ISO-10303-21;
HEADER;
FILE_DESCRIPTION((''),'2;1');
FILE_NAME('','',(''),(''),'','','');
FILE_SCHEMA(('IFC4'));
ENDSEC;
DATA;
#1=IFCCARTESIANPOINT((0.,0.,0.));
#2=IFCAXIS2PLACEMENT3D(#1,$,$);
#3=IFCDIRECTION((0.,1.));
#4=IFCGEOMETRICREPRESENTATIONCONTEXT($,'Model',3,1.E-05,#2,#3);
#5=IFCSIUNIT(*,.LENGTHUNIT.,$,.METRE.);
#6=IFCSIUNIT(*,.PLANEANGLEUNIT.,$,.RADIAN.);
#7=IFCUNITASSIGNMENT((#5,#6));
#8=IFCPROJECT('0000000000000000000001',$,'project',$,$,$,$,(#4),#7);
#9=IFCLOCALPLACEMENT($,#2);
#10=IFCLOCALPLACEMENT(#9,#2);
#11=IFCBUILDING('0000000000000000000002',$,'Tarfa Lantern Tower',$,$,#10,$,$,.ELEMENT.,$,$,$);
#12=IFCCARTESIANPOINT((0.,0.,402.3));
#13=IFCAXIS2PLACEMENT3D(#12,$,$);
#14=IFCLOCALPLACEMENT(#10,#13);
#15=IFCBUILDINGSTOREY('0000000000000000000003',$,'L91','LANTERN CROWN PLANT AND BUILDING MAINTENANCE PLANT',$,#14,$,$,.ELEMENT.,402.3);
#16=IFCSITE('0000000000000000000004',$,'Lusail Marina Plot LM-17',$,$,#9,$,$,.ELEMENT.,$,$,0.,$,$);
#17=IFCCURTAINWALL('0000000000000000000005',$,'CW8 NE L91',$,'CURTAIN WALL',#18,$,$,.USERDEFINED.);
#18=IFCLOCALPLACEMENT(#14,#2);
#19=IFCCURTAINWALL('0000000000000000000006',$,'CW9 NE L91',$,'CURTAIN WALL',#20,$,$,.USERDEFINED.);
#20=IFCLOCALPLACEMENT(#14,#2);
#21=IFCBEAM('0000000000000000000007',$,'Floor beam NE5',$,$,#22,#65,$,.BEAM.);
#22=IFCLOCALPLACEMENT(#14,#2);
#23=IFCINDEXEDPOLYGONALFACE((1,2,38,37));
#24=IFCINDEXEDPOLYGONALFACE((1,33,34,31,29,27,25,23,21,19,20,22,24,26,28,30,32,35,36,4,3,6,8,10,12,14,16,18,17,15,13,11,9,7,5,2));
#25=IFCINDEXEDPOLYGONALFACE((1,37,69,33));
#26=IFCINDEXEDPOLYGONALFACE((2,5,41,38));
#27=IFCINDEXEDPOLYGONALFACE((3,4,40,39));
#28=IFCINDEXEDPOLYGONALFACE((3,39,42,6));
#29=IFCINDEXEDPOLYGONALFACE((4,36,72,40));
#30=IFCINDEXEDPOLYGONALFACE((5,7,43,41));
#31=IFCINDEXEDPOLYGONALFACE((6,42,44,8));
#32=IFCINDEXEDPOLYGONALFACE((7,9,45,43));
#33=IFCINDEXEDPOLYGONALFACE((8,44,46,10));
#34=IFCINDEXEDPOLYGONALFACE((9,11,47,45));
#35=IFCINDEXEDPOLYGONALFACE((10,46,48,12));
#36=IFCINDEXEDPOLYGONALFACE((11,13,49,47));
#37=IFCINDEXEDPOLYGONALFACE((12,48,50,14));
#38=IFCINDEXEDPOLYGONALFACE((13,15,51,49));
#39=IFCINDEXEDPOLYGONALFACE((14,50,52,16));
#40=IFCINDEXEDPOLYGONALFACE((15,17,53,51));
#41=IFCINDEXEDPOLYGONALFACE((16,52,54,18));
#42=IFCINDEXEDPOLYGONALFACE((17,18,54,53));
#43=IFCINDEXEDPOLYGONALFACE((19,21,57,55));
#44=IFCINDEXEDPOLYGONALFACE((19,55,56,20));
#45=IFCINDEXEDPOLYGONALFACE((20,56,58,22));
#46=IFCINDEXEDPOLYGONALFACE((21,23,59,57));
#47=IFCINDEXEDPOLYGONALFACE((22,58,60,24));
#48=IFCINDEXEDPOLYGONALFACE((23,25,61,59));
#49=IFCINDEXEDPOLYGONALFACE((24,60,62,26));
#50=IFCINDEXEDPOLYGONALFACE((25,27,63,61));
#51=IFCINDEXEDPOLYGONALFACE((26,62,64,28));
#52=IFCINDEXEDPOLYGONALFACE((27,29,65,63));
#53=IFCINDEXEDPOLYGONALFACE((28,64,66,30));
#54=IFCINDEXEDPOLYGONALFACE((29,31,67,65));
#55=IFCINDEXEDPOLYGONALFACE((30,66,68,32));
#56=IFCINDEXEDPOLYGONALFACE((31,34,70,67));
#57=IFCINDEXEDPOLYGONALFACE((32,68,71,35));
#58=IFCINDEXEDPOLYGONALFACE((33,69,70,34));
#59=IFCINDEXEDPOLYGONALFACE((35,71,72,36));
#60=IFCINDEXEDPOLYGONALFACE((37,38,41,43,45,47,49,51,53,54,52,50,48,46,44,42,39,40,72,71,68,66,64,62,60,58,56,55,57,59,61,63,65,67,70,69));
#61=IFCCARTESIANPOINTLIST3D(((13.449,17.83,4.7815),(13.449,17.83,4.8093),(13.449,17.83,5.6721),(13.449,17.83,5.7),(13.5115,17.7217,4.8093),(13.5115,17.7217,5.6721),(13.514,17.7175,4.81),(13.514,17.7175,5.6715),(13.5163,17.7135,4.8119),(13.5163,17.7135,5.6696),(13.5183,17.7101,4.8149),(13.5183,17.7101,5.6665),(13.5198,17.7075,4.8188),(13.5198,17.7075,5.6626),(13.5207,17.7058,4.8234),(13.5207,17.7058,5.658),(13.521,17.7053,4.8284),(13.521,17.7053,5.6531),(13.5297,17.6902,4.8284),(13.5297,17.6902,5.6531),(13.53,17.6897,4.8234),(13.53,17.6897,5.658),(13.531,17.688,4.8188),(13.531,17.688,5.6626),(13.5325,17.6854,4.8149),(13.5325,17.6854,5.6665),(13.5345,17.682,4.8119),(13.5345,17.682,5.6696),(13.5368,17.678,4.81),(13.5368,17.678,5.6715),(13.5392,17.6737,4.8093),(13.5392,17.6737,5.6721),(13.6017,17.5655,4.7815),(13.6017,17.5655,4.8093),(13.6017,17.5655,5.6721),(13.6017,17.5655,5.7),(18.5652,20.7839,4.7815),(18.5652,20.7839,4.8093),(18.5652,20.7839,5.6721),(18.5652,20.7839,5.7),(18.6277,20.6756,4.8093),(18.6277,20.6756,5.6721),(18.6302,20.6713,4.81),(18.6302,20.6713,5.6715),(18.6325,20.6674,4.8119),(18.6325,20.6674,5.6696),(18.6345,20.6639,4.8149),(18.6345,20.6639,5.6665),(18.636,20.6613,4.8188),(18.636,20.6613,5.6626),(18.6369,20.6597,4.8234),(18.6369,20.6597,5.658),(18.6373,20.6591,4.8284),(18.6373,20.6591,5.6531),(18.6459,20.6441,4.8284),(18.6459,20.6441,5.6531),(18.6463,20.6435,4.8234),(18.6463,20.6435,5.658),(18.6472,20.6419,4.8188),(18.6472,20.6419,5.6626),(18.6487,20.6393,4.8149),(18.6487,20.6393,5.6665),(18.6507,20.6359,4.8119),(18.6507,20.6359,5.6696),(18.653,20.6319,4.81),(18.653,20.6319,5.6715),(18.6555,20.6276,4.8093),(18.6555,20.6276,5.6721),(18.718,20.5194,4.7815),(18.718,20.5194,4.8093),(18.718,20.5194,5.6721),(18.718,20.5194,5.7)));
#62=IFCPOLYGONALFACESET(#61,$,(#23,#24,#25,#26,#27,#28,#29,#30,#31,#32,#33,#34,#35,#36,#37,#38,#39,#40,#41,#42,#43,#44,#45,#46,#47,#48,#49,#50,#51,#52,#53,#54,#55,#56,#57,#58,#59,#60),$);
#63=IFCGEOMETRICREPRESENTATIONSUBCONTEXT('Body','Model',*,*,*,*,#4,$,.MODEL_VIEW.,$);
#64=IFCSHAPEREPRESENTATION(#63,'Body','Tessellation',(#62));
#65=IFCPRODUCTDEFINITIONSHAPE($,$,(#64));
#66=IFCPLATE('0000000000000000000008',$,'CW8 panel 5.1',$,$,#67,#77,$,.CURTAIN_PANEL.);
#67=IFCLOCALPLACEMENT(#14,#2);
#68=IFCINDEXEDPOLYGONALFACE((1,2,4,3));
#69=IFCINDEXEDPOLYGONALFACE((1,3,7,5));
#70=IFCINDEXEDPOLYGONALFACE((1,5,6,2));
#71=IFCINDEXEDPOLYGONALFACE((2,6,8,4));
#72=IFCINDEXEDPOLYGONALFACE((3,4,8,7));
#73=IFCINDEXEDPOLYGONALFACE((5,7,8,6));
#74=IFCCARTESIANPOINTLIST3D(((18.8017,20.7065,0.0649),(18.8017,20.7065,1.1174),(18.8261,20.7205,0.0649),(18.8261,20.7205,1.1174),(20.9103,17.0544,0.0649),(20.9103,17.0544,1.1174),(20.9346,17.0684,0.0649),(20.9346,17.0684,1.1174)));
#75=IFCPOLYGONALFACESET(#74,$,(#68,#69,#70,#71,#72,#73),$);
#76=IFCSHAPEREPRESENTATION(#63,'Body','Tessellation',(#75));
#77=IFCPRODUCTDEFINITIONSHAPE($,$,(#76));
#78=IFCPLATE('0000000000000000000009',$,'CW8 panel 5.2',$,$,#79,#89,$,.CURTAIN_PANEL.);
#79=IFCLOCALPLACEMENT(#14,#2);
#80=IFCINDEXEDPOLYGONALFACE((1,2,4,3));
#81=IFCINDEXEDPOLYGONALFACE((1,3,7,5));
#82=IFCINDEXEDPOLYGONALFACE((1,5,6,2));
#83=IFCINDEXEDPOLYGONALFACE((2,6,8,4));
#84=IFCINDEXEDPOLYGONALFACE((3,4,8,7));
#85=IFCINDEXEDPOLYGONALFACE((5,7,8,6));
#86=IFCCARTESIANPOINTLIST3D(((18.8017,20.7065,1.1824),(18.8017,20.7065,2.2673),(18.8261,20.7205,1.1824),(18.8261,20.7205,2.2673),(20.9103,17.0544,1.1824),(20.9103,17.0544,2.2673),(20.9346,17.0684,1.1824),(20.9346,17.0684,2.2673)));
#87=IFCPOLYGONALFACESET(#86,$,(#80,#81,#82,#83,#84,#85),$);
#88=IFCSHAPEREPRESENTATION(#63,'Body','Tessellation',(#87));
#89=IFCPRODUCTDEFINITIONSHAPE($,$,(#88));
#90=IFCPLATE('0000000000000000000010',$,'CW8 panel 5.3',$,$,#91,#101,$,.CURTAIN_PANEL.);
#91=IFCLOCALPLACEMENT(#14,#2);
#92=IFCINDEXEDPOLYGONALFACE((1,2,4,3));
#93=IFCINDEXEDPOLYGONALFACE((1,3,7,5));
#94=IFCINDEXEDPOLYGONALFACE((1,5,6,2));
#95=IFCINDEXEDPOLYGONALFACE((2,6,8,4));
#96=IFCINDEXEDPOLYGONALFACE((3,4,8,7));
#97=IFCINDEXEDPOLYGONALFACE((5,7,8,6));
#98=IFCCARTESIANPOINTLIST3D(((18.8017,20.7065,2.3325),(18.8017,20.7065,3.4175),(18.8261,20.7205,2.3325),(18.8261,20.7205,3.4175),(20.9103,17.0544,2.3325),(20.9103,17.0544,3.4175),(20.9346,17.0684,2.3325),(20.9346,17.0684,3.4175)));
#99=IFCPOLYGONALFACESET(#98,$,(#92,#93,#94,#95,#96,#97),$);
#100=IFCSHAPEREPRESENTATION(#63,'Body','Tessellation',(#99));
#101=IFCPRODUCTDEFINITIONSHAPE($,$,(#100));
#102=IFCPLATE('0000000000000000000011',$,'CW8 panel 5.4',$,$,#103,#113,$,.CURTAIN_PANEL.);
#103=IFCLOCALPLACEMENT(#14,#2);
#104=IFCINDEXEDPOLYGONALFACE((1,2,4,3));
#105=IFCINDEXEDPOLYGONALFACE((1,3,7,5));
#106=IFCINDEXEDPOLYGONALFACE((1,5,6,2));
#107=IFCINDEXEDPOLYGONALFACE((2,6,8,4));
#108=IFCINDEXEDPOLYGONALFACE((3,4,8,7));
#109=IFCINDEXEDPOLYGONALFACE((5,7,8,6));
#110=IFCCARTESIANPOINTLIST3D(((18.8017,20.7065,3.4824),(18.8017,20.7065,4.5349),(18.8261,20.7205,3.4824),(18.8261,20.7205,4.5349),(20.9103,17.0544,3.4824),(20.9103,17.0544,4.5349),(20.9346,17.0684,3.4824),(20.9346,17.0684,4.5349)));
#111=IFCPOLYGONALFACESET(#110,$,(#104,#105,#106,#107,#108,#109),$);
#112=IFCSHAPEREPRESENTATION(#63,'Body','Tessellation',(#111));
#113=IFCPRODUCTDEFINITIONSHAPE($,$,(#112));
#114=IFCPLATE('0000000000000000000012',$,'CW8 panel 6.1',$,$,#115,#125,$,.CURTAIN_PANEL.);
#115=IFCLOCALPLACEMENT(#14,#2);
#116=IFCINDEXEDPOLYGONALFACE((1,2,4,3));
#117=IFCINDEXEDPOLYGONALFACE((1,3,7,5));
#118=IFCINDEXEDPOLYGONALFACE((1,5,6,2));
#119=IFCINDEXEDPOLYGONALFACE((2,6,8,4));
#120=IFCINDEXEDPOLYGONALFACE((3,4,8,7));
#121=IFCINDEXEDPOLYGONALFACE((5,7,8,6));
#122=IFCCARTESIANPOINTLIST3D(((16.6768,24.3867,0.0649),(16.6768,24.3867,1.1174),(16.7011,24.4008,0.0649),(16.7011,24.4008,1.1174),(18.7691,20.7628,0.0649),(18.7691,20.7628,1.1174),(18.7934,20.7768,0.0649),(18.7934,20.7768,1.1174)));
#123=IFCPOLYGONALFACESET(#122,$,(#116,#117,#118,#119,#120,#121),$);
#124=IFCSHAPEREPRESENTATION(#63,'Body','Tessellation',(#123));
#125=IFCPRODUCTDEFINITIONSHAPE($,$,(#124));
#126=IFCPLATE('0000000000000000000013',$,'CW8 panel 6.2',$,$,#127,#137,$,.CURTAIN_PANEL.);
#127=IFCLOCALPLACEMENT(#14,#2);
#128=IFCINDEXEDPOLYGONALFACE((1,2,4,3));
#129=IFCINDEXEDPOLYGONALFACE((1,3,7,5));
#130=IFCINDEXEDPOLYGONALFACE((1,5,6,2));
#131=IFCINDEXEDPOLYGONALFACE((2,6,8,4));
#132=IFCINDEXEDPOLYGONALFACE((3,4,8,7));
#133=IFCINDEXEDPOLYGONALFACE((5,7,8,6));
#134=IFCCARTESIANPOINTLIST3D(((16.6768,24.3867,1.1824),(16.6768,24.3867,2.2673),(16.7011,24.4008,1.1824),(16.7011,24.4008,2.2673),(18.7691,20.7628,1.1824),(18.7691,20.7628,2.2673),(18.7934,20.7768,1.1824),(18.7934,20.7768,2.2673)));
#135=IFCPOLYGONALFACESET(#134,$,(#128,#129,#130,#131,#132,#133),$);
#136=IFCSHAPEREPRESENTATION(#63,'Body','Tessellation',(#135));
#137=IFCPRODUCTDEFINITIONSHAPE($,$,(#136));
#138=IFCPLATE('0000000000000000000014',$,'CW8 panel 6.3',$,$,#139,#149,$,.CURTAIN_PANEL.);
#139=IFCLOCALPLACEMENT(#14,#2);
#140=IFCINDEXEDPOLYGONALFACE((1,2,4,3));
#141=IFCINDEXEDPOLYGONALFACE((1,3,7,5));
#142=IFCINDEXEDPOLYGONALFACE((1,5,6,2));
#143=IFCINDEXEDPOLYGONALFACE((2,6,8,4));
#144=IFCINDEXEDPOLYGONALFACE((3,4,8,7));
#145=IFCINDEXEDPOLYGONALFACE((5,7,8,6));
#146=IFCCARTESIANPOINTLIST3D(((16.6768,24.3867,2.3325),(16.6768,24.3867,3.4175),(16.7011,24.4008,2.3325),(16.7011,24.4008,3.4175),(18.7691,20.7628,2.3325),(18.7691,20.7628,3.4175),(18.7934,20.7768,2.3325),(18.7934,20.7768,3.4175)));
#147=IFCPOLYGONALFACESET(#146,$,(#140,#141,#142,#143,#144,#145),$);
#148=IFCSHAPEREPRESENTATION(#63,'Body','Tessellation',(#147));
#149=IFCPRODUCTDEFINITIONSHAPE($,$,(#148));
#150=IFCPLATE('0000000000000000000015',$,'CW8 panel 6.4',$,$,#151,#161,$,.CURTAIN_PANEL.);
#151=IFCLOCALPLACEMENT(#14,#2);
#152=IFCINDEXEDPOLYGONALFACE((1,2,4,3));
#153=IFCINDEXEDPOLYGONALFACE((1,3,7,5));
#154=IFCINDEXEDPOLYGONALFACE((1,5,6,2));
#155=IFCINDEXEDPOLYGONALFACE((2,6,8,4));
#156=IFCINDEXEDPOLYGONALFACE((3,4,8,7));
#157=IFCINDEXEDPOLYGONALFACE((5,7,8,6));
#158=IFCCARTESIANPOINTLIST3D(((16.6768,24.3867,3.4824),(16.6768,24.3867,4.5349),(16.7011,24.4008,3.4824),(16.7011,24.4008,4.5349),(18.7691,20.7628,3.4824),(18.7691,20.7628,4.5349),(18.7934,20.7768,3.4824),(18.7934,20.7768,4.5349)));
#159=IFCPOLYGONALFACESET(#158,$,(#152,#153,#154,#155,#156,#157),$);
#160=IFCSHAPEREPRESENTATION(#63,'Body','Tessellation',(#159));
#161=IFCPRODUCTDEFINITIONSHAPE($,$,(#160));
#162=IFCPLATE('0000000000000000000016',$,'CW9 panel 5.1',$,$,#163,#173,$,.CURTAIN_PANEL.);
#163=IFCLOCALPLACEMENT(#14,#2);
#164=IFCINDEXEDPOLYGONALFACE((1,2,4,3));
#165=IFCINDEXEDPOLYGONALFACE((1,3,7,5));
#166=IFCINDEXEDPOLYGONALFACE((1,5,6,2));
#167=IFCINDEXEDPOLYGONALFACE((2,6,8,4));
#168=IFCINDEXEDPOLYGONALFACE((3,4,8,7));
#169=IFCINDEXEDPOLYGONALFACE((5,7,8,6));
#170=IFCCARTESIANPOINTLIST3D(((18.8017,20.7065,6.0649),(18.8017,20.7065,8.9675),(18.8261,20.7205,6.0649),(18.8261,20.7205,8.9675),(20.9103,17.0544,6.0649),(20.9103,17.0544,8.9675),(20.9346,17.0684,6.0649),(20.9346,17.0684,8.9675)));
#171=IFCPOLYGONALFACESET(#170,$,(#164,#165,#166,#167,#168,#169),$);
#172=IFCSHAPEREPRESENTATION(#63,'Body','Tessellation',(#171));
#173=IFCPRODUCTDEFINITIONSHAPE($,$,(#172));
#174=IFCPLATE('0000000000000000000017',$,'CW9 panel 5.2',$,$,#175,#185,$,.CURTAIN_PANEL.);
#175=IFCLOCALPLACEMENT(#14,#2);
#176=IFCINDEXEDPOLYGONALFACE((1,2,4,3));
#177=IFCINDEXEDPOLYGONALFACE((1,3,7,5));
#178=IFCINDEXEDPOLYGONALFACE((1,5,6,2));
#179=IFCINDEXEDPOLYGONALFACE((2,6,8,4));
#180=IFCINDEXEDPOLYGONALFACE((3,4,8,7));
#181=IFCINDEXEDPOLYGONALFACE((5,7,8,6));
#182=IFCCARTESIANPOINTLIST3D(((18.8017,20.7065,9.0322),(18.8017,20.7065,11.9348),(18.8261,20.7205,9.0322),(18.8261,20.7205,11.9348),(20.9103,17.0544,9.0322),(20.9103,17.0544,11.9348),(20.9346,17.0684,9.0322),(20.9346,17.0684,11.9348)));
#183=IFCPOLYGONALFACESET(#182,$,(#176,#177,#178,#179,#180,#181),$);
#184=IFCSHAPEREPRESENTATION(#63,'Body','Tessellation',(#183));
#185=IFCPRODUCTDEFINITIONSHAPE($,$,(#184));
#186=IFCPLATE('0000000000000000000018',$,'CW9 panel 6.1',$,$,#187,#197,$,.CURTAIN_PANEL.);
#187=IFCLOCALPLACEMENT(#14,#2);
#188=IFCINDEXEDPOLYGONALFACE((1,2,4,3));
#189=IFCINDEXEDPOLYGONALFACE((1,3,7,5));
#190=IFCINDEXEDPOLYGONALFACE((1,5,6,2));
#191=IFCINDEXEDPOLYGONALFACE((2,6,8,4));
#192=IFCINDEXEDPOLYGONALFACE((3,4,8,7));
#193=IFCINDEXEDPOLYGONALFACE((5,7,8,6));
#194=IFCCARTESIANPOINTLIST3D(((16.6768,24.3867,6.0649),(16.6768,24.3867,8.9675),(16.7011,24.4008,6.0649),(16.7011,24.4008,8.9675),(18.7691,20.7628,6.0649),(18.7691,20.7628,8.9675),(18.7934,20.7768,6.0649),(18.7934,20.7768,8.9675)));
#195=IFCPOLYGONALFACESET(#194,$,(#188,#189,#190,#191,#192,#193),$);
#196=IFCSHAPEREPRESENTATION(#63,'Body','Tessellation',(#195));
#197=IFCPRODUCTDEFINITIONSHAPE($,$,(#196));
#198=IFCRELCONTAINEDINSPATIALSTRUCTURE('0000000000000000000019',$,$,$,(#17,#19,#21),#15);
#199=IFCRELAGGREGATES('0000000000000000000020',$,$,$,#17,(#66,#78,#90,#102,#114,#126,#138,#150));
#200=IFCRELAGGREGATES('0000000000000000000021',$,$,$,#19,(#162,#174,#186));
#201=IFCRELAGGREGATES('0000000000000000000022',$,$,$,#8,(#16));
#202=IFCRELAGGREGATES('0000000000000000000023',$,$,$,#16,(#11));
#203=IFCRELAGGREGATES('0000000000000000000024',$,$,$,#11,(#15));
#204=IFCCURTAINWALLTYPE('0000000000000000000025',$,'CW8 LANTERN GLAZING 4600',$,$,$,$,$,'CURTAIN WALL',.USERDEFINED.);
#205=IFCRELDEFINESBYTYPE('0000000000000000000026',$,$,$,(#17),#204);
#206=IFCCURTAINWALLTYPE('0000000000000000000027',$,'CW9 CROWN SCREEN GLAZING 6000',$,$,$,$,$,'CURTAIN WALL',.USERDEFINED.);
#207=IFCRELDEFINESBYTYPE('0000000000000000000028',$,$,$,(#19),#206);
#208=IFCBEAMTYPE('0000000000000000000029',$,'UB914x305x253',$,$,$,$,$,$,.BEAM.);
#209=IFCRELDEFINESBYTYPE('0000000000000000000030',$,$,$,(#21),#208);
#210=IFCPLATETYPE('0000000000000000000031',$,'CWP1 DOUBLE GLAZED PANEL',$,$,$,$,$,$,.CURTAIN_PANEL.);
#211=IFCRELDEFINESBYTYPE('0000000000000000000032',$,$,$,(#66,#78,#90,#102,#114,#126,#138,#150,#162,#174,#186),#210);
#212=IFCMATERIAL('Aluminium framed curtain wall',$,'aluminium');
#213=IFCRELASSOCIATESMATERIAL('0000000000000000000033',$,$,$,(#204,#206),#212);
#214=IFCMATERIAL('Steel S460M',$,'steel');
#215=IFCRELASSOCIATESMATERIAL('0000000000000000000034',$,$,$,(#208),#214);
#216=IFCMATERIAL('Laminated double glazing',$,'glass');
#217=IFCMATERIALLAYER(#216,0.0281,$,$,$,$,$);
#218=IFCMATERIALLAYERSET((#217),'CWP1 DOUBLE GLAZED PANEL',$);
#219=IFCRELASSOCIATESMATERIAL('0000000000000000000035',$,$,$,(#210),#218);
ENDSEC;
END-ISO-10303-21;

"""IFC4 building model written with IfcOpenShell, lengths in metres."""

from ifc_helpers import new_model, si_unit, direction, frame, origin, origin_2d, place, context, subcontext, project, spatial, rectangle, i_section, extrude, material, layer, layer_set, material_profile, profile_set, type_object, element, aggregate, save


model = new_model("IFC4")

# Units and contexts
model_context = context("Model", 3, precision=1e-05, world=origin(), true_north=direction((0.0, 1.0)))
body_context = subcontext(model_context, "Body", "Model", "MODEL_VIEW")
ifc_project = project(units=[si_unit("LENGTHUNIT", "METRE"), si_unit("PLANEANGLEUNIT", "RADIAN")], contexts=[model_context])

# Site, building, storey
site_placement = place(None, origin())
site = spatial("IfcSite", under=ifc_project, at=site_placement, Name="Lusail Marina Plot LM-17", CompositionType="ELEMENT", RefElevation=0.0)
building_placement = place(site_placement, origin())
building = spatial("IfcBuilding", under=site, at=building_placement, Name="Tarfa Lantern Tower", CompositionType="ELEMENT")
storey_placement = place(building_placement, frame((0.0, 0.0, 402.3)))
storey = spatial("IfcBuildingStorey", under=building, at=storey_placement, Name="L91", Description="LANTERN CROWN PLANT AND BUILDING MAINTENANCE PLANT", CompositionType="ELEMENT", Elevation=402.3)

# Curtain walls
ifc_material_1 = material(Name="Aluminium framed curtain wall", Category="aluminium")
curtain_wall_type_1 = type_object("IfcCurtainWallType", Name="CW8 LANTERN GLAZING 4600", ElementType="CURTAIN WALL", PredefinedType="USERDEFINED", material=ifc_material_1)
curtain_wall_1_placement = place(storey_placement, origin())
curtain_wall_1 = element("IfcCurtainWall", 1, at=curtain_wall_1_placement, inside=storey, type_object=curtain_wall_type_1, Name="CW8 NE L91", ObjectType="CURTAIN WALL", PredefinedType="USERDEFINED")
curtain_wall_type_2 = type_object("IfcCurtainWallType", Name="CW9 CROWN SCREEN GLAZING 6000", ElementType="CURTAIN WALL", PredefinedType="USERDEFINED", material=ifc_material_1)
curtain_wall_2_placement = place(storey_placement, origin())
curtain_wall_2 = element("IfcCurtainWall", 2, at=curtain_wall_2_placement, inside=storey, type_object=curtain_wall_type_2, Name="CW9 NE L91", ObjectType="CURTAIN WALL", PredefinedType="USERDEFINED")

# Beam
ifc_material_2 = material(Name="Steel S460M", Category="steel")
ifc_material_profile_1 = material_profile(ifc_material_2, i_section(OverallWidth=0.3054, OverallDepth=0.9185, WebThickness=0.0173, FlangeThickness=0.0278, FilletRadius=0.019, at=origin_2d()), Name="UB914x305x253")
ifc_profile_set_1 = profile_set([ifc_material_profile_1], Name="Steel S460M")
beam_type_1 = type_object("IfcBeamType", Name="UB914x305x253", PredefinedType="BEAM", material=ifc_profile_set_1)
beam_1_placement = place(storey_placement, frame((18.6416, 20.6516, 5.2407), z_axis=(-0.866025, -0.500001, 0.0), x_axis=(0.500001, -0.866025, 0.0)))
element("IfcBeam", 3, at=beam_1_placement, inside=storey, type_object=beam_type_1, Name="Floor beam NE5", PredefinedType="BEAM", context=body_context, shape_type="SweptSolid", body=[
    extrude(i_section(OverallWidth=0.3054, OverallDepth=0.9185, WebThickness=0.0173, FlangeThickness=0.0278, FilletRadius=0.019, at=origin_2d()), origin(), (0.0, 0.0, 1.0), 5.9077),
])

# Plates
ifc_material_3 = material(Name="Laminated double glazing", Category="glass")
ifc_layer = layer(ifc_material_3, 0.0281)
ifc_layer_set = layer_set([ifc_layer], Name="CWP1 DOUBLE GLAZED PANEL")
plate_type = type_object("IfcPlateType", Name="CWP1 DOUBLE GLAZED PANEL", PredefinedType="CURTAIN_PANEL", material=ifc_layer_set)
plate_1_placement = place(storey_placement, frame((19.8682, 18.8875, 0.0649), z_axis=(0.0, 0.0, 1.0), x_axis=(-0.5, 0.866025, 0.0)))
plate_1 = element("IfcPlate", 4, at=plate_1_placement, type_object=plate_type, Name="CW8 panel 5.1", PredefinedType="CURTAIN_PANEL", context=body_context, shape_type="SweptSolid", body=[
    extrude(rectangle(XDim=4.217, YDim=0.0281, at=origin_2d()), origin(), (0.0, 0.0, 1.0), 1.0525),
])
plate_2_placement = place(storey_placement, frame((19.8682, 18.8875, 1.1824), z_axis=(0.0, 0.0, 1.0), x_axis=(-0.5, 0.866025, 0.0)))
plate_2 = element("IfcPlate", 5, at=plate_2_placement, type_object=plate_type, Name="CW8 panel 5.2", PredefinedType="CURTAIN_PANEL", context=body_context, shape_type="SweptSolid", body=[
    extrude(rectangle(XDim=4.217, YDim=0.0281, at=origin_2d()), origin(), (0.0, 0.0, 1.0), 1.085),
])
plate_3_placement = place(storey_placement, frame((19.8682, 18.8875, 2.3325), z_axis=(0.0, 0.0, 1.0), x_axis=(-0.5, 0.866025, 0.0)))
plate_3 = element("IfcPlate", 6, at=plate_3_placement, type_object=plate_type, Name="CW8 panel 5.3", PredefinedType="CURTAIN_PANEL", context=body_context, shape_type="SweptSolid", body=[
    extrude(rectangle(XDim=4.217, YDim=0.0281, at=origin_2d()), origin(), (0.0, 0.0, 1.0), 1.085),
])
plate_4_placement = place(storey_placement, frame((19.8682, 18.8875, 3.4824), z_axis=(0.0, 0.0, 1.0), x_axis=(-0.5, 0.866025, 0.0)))
plate_4 = element("IfcPlate", 7, at=plate_4_placement, type_object=plate_type, Name="CW8 panel 5.4", PredefinedType="CURTAIN_PANEL", context=body_context, shape_type="SweptSolid", body=[
    extrude(rectangle(XDim=4.217, YDim=0.0281, at=origin_2d()), origin(), (0.0, 0.0, 1.0), 1.0525),
])
plate_5_placement = place(storey_placement, frame((17.7351, 22.5818, 0.0649), z_axis=(0.0, 0.0, 1.0), x_axis=(-0.5, 0.866025, 0.0)))
plate_5 = element("IfcPlate", 8, at=plate_5_placement, type_object=plate_type, Name="CW8 panel 6.1", PredefinedType="CURTAIN_PANEL", context=body_context, shape_type="SweptSolid", body=[
    extrude(rectangle(XDim=4.1846, YDim=0.0281, at=origin_2d()), origin(), (0.0, 0.0, 1.0), 1.0525),
])
plate_6_placement = place(storey_placement, frame((17.7351, 22.5818, 1.1824), z_axis=(0.0, 0.0, 1.0), x_axis=(-0.5, 0.866025, 0.0)))
plate_6 = element("IfcPlate", 9, at=plate_6_placement, type_object=plate_type, Name="CW8 panel 6.2", PredefinedType="CURTAIN_PANEL", context=body_context, shape_type="SweptSolid", body=[
    extrude(rectangle(XDim=4.1846, YDim=0.0281, at=origin_2d()), origin(), (0.0, 0.0, 1.0), 1.085),
])
plate_7_placement = place(storey_placement, frame((17.7351, 22.5818, 2.3325), z_axis=(0.0, 0.0, 1.0), x_axis=(-0.5, 0.866025, 0.0)))
plate_7 = element("IfcPlate", 10, at=plate_7_placement, type_object=plate_type, Name="CW8 panel 6.3", PredefinedType="CURTAIN_PANEL", context=body_context, shape_type="SweptSolid", body=[
    extrude(rectangle(XDim=4.1846, YDim=0.0281, at=origin_2d()), origin(), (0.0, 0.0, 1.0), 1.085),
])
plate_8_placement = place(storey_placement, frame((17.7351, 22.5818, 3.4824), z_axis=(0.0, 0.0, 1.0), x_axis=(-0.5, 0.866025, 0.0)))
plate_8 = element("IfcPlate", 11, at=plate_8_placement, type_object=plate_type, Name="CW8 panel 6.4", PredefinedType="CURTAIN_PANEL", context=body_context, shape_type="SweptSolid", body=[
    extrude(rectangle(XDim=4.1846, YDim=0.0281, at=origin_2d()), origin(), (0.0, 0.0, 1.0), 1.0525),
])
aggregate(curtain_wall_1, [plate_1, plate_2, plate_3, plate_4, plate_5, plate_6, plate_7, plate_8])
plate_9_placement = place(storey_placement, frame((19.8682, 18.8875, 6.0649), z_axis=(0.0, 0.0, 1.0), x_axis=(-0.5, 0.866025, 0.0)))
plate_9 = element("IfcPlate", 12, at=plate_9_placement, type_object=plate_type, Name="CW9 panel 5.1", PredefinedType="CURTAIN_PANEL", context=body_context, shape_type="SweptSolid", body=[
    extrude(rectangle(XDim=4.217, YDim=0.0281, at=origin_2d()), origin(), (0.0, 0.0, 1.0), 2.9026),
])
plate_10_placement = place(storey_placement, frame((19.8682, 18.8875, 9.0322), z_axis=(0.0, 0.0, 1.0), x_axis=(-0.5, 0.866025, 0.0)))
plate_10 = element("IfcPlate", 13, at=plate_10_placement, type_object=plate_type, Name="CW9 panel 5.2", PredefinedType="CURTAIN_PANEL", context=body_context, shape_type="SweptSolid", body=[
    extrude(rectangle(XDim=4.217, YDim=0.0281, at=origin_2d()), origin(), (0.0, 0.0, 1.0), 2.9026),
])
plate_11_placement = place(storey_placement, frame((17.7351, 22.5818, 6.0649), z_axis=(0.0, 0.0, 1.0), x_axis=(-0.5, 0.866025, 0.0)))
plate_11 = element("IfcPlate", 14, at=plate_11_placement, type_object=plate_type, Name="CW9 panel 6.1", PredefinedType="CURTAIN_PANEL", context=body_context, shape_type="SweptSolid", body=[
    extrude(rectangle(XDim=4.1846, YDim=0.0281, at=origin_2d()), origin(), (0.0, 0.0, 1.0), 2.9026),
])
aggregate(curtain_wall_2, [plate_9, plate_10, plate_11])

save(model, "model.ifc")
